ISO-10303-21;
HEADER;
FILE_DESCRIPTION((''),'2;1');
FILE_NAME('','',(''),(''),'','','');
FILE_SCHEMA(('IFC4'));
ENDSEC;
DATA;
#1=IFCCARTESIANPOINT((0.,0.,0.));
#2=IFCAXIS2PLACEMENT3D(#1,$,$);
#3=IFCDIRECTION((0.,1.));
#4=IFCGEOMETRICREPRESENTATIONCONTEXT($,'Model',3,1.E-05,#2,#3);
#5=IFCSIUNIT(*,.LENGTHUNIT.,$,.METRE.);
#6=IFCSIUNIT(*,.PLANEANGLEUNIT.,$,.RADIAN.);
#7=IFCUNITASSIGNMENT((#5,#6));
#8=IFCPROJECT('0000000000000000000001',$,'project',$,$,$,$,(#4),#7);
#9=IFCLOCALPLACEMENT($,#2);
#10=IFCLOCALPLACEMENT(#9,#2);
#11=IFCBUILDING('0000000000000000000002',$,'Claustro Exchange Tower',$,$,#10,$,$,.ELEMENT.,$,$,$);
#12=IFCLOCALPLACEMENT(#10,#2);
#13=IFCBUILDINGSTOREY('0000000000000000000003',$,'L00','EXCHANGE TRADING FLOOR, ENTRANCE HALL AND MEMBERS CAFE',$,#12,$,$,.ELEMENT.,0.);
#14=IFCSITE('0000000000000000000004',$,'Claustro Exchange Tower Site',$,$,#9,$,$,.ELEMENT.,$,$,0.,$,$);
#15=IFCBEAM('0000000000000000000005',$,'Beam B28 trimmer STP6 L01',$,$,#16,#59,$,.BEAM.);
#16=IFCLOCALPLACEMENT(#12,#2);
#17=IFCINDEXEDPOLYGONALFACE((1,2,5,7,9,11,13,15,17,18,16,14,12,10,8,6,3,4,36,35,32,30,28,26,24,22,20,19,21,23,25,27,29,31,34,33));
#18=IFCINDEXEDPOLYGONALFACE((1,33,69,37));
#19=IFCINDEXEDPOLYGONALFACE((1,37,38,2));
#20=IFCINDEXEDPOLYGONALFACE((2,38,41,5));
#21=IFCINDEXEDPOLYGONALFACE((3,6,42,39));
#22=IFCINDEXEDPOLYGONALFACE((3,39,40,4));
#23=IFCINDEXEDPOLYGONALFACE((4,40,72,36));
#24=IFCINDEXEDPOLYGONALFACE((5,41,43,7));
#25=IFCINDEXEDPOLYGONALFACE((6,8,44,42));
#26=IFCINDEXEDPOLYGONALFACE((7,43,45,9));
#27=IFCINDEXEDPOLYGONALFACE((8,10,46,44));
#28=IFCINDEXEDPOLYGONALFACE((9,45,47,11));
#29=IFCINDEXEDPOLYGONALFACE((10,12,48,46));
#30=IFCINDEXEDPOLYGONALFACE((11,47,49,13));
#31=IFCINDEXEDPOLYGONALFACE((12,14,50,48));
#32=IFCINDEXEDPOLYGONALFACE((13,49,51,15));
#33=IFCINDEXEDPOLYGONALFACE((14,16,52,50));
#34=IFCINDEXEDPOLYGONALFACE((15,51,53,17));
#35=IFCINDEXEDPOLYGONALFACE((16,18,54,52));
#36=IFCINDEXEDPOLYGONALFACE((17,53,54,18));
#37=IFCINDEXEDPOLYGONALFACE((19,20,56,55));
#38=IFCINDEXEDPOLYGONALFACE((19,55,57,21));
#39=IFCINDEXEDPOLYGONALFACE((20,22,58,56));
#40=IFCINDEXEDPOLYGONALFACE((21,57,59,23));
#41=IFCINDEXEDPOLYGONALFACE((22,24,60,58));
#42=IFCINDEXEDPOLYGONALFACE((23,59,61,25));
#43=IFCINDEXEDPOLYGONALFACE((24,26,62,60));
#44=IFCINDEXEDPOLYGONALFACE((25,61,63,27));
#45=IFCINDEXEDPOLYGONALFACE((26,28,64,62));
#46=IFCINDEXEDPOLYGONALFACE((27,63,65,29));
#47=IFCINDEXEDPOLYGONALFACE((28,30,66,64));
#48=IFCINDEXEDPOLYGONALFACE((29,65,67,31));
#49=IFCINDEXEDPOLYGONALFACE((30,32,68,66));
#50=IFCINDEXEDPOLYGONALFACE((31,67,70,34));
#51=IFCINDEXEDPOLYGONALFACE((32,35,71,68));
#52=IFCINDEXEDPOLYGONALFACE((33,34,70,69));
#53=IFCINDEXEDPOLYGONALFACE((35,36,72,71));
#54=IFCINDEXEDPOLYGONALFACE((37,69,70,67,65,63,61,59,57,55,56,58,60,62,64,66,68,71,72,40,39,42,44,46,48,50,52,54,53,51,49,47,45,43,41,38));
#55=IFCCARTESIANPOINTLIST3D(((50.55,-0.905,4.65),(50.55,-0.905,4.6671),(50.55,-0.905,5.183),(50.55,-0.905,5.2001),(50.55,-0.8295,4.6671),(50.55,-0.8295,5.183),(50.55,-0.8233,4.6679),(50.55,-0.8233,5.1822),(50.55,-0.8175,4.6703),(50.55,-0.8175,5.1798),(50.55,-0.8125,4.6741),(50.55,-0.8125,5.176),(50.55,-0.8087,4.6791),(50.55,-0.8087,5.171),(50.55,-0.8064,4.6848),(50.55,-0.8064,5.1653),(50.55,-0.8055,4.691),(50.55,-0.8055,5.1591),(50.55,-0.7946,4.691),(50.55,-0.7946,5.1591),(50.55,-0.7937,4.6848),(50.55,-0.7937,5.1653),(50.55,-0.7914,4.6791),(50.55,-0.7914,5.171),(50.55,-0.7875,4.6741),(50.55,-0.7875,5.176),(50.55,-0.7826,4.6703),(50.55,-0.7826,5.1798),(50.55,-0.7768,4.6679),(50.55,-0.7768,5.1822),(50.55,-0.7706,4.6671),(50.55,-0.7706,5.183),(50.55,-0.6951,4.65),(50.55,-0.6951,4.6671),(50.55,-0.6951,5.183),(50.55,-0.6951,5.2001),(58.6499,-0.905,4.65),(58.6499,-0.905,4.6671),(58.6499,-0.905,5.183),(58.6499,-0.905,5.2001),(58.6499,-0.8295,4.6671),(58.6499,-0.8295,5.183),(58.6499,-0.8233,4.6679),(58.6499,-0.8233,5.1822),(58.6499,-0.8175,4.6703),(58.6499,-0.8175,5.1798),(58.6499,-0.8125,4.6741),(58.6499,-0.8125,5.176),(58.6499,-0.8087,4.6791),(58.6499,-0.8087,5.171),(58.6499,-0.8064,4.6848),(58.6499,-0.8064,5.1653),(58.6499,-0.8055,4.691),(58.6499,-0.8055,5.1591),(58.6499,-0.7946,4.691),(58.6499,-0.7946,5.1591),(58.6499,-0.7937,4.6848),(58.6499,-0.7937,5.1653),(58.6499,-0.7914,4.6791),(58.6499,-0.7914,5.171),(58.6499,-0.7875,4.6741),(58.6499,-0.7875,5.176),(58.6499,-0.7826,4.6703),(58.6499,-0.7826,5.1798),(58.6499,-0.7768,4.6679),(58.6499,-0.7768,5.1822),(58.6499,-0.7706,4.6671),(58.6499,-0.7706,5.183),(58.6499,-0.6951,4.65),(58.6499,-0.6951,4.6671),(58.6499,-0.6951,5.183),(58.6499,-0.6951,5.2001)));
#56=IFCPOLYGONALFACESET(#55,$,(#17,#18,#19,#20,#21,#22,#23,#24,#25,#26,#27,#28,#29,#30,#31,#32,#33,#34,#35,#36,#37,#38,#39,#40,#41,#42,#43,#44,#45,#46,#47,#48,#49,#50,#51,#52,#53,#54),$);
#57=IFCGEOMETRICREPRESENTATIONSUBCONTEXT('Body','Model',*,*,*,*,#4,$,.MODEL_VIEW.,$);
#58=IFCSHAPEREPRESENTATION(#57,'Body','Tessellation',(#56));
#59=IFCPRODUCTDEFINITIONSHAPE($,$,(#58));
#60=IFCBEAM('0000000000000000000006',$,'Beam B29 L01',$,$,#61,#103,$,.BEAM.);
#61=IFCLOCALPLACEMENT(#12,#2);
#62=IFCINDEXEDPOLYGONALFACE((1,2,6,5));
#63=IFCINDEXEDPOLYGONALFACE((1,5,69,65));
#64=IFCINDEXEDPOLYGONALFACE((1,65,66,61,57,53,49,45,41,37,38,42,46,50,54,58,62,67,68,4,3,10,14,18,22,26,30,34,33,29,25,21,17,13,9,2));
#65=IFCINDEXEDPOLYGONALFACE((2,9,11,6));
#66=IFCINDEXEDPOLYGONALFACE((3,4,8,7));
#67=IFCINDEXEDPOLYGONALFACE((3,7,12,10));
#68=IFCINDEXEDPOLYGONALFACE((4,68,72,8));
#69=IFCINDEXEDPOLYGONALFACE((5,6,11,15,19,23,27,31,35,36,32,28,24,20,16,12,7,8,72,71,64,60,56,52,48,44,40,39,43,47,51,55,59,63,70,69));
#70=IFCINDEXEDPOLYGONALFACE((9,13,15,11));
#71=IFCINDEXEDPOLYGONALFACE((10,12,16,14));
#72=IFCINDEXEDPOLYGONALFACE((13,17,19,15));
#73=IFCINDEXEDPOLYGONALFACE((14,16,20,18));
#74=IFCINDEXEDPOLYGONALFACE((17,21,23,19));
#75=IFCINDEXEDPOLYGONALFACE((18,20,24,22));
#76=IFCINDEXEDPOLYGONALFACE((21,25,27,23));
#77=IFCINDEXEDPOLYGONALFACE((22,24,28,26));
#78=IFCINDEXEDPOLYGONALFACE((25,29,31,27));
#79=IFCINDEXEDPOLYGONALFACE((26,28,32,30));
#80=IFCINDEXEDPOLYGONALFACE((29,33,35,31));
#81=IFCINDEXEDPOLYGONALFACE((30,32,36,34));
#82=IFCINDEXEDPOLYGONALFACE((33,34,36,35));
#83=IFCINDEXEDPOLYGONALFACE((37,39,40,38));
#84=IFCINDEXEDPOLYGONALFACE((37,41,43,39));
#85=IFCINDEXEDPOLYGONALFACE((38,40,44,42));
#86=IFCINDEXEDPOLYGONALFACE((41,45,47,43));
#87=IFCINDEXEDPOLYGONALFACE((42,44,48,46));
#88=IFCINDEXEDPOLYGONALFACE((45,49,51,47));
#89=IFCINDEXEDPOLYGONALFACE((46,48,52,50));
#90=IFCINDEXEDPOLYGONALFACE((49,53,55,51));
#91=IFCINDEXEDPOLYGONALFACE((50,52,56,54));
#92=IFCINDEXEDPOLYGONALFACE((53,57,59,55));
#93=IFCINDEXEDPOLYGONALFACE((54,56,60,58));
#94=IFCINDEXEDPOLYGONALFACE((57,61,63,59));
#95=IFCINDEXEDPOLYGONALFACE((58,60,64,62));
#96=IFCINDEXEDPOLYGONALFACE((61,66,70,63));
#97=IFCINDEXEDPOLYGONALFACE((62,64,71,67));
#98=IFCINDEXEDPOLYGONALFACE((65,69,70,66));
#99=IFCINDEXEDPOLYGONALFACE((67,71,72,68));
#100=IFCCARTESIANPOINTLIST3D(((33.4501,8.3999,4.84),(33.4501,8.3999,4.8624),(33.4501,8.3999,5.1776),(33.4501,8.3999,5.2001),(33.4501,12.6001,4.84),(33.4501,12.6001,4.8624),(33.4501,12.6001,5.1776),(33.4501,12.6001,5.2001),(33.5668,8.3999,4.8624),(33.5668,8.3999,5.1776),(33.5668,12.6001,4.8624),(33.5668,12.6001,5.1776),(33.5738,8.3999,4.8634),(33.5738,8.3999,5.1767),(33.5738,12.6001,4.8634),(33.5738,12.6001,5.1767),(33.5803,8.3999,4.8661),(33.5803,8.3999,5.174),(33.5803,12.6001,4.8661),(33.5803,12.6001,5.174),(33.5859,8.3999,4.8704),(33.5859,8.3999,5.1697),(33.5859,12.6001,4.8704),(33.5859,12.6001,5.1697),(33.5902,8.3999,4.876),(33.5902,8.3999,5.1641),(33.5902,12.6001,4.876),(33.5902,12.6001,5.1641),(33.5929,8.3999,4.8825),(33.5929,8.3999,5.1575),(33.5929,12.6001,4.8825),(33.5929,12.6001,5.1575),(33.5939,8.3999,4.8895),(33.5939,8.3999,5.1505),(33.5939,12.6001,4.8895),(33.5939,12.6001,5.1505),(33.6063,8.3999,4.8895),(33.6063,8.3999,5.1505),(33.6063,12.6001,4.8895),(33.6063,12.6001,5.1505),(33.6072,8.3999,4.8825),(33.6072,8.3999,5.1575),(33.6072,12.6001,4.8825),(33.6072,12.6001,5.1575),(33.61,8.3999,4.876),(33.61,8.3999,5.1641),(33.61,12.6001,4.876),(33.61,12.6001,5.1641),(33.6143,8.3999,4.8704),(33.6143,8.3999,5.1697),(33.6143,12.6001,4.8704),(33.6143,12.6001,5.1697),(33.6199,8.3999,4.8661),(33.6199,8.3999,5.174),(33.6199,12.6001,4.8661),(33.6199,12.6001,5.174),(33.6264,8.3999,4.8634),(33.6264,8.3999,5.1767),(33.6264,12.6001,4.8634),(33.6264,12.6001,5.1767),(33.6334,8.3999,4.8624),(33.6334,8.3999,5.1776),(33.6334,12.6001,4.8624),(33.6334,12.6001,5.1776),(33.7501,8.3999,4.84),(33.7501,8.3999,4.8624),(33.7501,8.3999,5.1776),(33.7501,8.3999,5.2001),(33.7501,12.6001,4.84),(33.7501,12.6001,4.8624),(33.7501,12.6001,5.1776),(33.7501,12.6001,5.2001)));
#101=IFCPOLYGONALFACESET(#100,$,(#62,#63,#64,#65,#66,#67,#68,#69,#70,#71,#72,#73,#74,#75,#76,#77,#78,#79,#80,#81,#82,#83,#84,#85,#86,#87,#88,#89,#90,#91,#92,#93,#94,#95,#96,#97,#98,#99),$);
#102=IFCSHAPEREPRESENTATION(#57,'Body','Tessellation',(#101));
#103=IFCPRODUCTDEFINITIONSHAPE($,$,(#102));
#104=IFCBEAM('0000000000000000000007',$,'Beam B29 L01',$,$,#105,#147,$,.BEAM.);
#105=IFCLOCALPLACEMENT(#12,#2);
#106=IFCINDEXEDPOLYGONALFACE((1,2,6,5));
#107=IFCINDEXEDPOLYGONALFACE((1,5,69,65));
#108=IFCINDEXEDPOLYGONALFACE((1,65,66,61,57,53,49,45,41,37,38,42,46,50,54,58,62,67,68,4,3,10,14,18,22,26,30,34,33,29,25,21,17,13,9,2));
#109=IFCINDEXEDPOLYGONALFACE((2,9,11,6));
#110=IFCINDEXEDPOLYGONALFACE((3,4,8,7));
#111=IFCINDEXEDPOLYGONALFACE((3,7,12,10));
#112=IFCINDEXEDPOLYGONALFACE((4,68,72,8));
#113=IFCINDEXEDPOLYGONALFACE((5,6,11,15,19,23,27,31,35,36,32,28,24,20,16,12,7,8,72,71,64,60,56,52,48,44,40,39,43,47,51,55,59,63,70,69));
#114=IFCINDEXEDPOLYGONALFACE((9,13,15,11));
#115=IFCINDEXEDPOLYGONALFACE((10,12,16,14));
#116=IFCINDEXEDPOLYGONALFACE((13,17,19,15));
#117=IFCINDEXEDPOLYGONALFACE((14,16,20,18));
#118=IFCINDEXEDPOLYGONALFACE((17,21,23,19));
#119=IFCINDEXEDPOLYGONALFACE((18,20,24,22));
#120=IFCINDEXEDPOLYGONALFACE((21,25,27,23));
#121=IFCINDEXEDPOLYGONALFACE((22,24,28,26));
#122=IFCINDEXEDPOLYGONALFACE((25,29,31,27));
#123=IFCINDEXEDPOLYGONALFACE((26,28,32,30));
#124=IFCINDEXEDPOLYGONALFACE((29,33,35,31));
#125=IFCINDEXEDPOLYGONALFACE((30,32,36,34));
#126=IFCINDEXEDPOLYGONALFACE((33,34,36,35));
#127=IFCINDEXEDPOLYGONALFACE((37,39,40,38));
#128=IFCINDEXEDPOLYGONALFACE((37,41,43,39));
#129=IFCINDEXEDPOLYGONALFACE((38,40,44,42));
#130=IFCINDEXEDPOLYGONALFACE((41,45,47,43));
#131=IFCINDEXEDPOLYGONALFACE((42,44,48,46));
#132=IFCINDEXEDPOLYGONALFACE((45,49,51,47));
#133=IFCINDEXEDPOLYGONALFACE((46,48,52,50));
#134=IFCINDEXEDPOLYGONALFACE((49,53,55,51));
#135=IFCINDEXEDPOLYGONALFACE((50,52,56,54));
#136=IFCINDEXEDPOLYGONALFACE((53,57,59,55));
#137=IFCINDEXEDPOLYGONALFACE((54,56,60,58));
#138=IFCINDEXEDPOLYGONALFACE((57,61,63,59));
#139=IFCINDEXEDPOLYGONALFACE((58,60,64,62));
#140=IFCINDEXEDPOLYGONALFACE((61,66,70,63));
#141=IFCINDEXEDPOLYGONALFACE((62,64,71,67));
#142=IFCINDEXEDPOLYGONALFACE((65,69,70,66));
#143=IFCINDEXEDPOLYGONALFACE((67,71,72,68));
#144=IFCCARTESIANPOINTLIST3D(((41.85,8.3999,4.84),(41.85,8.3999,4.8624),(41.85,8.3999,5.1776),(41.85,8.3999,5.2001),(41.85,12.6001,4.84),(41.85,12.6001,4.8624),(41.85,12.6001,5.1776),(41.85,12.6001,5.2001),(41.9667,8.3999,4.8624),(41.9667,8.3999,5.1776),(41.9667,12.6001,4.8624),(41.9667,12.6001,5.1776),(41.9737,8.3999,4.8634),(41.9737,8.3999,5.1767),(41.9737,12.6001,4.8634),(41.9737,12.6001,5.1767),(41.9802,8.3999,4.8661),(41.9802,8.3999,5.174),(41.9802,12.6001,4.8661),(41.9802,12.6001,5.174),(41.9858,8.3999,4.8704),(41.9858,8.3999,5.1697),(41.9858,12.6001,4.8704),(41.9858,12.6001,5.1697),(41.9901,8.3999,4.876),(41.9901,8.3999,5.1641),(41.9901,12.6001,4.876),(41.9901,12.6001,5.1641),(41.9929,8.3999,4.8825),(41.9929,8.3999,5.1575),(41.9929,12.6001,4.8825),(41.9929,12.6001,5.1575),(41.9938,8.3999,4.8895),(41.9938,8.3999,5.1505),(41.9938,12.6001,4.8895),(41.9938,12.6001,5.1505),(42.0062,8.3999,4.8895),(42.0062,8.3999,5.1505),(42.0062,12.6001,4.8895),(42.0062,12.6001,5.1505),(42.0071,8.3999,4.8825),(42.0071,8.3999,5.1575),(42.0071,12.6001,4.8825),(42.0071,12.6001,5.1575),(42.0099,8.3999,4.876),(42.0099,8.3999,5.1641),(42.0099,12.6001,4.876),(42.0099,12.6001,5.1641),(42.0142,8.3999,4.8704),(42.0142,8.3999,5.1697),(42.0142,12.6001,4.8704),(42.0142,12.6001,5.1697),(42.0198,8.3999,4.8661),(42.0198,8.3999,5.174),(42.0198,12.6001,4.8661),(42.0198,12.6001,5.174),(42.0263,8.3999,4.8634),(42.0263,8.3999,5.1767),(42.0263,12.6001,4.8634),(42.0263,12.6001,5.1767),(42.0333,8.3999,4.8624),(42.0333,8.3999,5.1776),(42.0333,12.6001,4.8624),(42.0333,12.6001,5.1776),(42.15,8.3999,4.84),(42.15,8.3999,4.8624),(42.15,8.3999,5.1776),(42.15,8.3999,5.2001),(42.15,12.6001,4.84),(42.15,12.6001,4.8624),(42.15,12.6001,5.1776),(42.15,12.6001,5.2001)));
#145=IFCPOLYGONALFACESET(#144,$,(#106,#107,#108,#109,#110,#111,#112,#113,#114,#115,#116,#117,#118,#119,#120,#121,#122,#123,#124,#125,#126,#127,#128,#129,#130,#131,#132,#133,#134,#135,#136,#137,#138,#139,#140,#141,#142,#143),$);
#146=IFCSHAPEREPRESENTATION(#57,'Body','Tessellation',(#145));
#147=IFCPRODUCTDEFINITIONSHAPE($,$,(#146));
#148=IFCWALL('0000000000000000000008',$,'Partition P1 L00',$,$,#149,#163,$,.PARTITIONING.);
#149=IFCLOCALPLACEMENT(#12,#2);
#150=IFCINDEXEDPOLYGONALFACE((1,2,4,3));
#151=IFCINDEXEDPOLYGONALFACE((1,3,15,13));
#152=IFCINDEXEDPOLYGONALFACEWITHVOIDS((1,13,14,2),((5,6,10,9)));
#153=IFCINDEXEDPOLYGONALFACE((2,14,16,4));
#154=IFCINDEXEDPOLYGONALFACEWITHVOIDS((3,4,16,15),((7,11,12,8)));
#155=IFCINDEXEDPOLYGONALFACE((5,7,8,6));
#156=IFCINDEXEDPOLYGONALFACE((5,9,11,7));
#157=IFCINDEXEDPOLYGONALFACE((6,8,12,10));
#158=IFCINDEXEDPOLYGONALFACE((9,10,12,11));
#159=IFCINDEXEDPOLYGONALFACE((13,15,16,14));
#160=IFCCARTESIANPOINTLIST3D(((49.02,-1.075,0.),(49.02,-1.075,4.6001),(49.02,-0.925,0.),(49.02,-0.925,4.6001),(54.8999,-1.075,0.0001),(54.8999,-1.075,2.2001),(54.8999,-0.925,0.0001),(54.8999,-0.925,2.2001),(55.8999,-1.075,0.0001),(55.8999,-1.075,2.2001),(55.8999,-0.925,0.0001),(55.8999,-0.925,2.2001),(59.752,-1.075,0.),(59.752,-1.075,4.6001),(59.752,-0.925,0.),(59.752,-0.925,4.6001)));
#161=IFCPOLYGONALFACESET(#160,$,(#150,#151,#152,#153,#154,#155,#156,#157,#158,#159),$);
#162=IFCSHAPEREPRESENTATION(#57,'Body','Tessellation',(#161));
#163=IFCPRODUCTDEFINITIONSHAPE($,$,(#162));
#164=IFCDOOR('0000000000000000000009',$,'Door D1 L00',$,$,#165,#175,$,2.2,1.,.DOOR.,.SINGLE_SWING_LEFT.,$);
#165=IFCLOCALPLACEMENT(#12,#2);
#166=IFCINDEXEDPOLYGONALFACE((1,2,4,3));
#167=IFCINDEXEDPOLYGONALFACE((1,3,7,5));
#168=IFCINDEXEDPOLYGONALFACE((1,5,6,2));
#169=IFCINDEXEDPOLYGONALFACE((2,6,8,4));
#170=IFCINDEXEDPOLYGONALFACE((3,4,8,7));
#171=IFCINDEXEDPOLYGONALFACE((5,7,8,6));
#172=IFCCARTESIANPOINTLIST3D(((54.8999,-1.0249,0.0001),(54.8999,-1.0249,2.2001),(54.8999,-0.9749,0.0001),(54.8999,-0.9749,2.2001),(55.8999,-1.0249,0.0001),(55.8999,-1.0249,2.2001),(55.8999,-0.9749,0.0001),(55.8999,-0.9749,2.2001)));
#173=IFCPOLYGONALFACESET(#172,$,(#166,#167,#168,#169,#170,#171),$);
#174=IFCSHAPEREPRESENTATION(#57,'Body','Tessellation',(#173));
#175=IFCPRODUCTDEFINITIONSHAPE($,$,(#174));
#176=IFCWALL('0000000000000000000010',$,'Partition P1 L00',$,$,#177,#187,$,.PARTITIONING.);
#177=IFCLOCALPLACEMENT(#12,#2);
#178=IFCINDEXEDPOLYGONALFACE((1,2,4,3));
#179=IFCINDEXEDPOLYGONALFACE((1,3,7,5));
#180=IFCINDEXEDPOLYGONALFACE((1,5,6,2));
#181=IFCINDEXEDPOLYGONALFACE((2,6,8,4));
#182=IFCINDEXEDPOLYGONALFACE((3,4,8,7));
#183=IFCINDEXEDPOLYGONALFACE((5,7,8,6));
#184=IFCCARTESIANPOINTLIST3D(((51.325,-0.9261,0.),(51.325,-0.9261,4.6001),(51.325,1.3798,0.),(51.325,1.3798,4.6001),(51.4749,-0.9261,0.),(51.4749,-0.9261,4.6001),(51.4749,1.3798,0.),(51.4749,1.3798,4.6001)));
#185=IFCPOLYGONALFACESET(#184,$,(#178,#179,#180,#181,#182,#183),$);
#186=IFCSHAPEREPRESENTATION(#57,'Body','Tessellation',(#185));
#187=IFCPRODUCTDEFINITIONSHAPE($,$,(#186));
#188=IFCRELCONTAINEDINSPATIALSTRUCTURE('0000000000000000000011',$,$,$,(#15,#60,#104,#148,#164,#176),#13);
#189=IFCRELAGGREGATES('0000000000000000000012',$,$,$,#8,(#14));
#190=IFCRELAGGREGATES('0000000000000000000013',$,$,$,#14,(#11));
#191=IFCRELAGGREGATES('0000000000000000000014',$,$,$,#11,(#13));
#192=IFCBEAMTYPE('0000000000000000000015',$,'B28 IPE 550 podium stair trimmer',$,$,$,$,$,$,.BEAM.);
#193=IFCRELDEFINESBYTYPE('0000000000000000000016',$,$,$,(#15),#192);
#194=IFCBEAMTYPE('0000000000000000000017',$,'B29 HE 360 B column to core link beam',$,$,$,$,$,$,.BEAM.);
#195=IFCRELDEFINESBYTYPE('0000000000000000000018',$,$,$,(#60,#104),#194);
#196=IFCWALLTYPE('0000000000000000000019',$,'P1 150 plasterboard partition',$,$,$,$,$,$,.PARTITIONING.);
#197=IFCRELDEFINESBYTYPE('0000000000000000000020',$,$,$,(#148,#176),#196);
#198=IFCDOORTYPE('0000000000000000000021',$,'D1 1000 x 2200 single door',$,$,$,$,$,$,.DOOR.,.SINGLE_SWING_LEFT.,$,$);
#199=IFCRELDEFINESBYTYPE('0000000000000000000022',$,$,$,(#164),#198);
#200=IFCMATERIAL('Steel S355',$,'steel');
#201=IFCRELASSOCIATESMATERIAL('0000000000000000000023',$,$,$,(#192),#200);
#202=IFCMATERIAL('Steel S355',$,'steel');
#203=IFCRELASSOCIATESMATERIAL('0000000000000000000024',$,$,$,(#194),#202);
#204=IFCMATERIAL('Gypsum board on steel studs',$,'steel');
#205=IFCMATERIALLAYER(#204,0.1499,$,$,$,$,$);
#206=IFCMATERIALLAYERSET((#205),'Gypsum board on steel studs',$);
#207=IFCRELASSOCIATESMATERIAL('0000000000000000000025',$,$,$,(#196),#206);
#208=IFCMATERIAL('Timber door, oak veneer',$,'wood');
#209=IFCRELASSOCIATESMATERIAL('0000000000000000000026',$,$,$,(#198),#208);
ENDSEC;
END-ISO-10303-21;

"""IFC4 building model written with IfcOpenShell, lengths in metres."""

from ifc_helpers import new_model, si_unit, direction, frame, frame_2d, origin, origin_2d, place, context, subcontext, project, spatial, rectangle, i_section, extrude, material, layer, layer_set, material_profile, profile_set, type_object, element, fill, save


model = new_model("IFC4")

# Units and contexts
model_context = context("Model", 3, precision=1e-05, world=origin(), true_north=direction((0.0, 1.0)))
body_context = subcontext(model_context, "Body", "Model", "MODEL_VIEW")
ifc_project = project(units=[si_unit("LENGTHUNIT", "METRE"), si_unit("PLANEANGLEUNIT", "RADIAN")], contexts=[model_context])

# Site, building, storey
site_placement = place(None, origin())
site = spatial("IfcSite", under=ifc_project, at=site_placement, Name="Claustro Exchange Tower Site", CompositionType="ELEMENT", RefElevation=0.0)
building_placement = place(site_placement, origin())
building = spatial("IfcBuilding", under=site, at=building_placement, Name="Claustro Exchange Tower", CompositionType="ELEMENT")
storey_placement = place(building_placement, origin())
storey = spatial("IfcBuildingStorey", under=building, at=storey_placement, Name="L00", Description="EXCHANGE TRADING FLOOR, ENTRANCE HALL AND MEMBERS CAFE", CompositionType="ELEMENT", Elevation=0.0)

# Beams
ifc_material_1 = material(Name="Steel S355", Category="steel")
ifc_material_profile_1 = material_profile(ifc_material_1, i_section(OverallWidth=0.21, OverallDepth=0.55, WebThickness=0.011, FlangeThickness=0.0171, FilletRadius=0.0239, at=origin_2d()), Name="IPE 550")
ifc_profile_set_1 = profile_set([ifc_material_profile_1], Name="Steel S355")
beam_type_1 = type_object("IfcBeamType", Name="B28 IPE 550 podium stair trimmer", PredefinedType="BEAM", material=ifc_profile_set_1)
for number, where, z_axis, x_axis, name in (
    (1, (50.55, -0.8, 4.925), (1.0, 0.0, 0.0), (0.0, 1.0, 0.0), "Beam B28 trimmer STP6 L01"),
):
    element("IfcBeam", number, at=place(storey_placement, frame(where, z_axis=z_axis, x_axis=x_axis)), inside=storey, type_object=beam_type_1, Name=name, PredefinedType="BEAM", context=body_context, shape_type="SweptSolid", body=[
        extrude(i_section(OverallWidth=0.21, OverallDepth=0.55, WebThickness=0.011, FlangeThickness=0.0171, FilletRadius=0.0239, at=origin_2d()), origin(), (0.0, 0.0, 1.0), 8.0999),
    ])
ifc_material_2 = material(Name="Steel S355", Category="steel")
ifc_material_profile_2 = material_profile(ifc_material_2, i_section(OverallWidth=0.3, OverallDepth=0.3601, WebThickness=0.0125, FlangeThickness=0.0225, FilletRadius=0.0271, at=origin_2d()), Name="HE 360 B")
ifc_profile_set_2 = profile_set([ifc_material_profile_2], Name="Steel S355")
beam_type_2 = type_object("IfcBeamType", Name="B29 HE 360 B column to core link beam", PredefinedType="BEAM", material=ifc_profile_set_2)
for number, where, z_axis, x_axis, name in (
    (2, (33.6001, 8.3999, 5.02), (0.0, 1.0, 0.0), (-1.0, 0.0, 0.0), "Beam B29 L01"),
    (3, (42.0, 8.3999, 5.02), (0.0, 1.0, 0.0), (-1.0, 0.0, 0.0), "Beam B29 L01"),
):
    element("IfcBeam", number, at=place(storey_placement, frame(where, z_axis=z_axis, x_axis=x_axis)), inside=storey, type_object=beam_type_2, Name=name, PredefinedType="BEAM", context=body_context, shape_type="SweptSolid", body=[
        extrude(i_section(OverallWidth=0.3, OverallDepth=0.3601, WebThickness=0.0125, FlangeThickness=0.0225, FilletRadius=0.0271, at=origin_2d()), origin(), (0.0, 0.0, 1.0), 4.2002),
    ])

# Wall, opening, door
ifc_material_3 = material(Name="Gypsum board on steel studs", Category="steel")
ifc_layer_1 = layer(ifc_material_3, 0.1499)
ifc_layer_set_1 = layer_set([ifc_layer_1], Name="Gypsum board on steel studs")
wall_type_1 = type_object("IfcWallType", Name="P1 150 plasterboard partition", PredefinedType="PARTITIONING", material=ifc_layer_set_1)
wall_1_placement = place(storey_placement, frame((49.02, -1.0, 0.0), z_axis=(0.0, 0.0, 1.0), x_axis=(1.0, 0.0, 0.0)))
wall_1 = element("IfcWall", 4, at=wall_1_placement, inside=storey, type_object=wall_type_1, Name="Partition P1 L00", PredefinedType="PARTITIONING", context=body_context, shape_type="SweptSolid", body=[
    extrude(rectangle(XDim=10.7319, YDim=0.1499, at=frame_2d((5.366, 0.0))), origin(), (0.0, 0.0, 1.0), 4.6001),
])
opening_1_placement = place(wall_1_placement, frame((5.8799, 0.0, 0.0)))
opening_1 = element("IfcOpeningElement", 5, at=opening_1_placement, cuts=wall_1, PredefinedType="OPENING", context=body_context, shape_type="SweptSolid", body=[
    extrude(rectangle(XDim=1.0, YDim=2.2, at=frame_2d((0.5, 1.1001))), frame((0.0, 0.085, 0.0), z_axis=(0.0, -1.0, 0.0), x_axis=(1.0, 0.0, 0.0)), (0.0, 0.0, 1.0), 0.1699),
])
ifc_material_4 = material(Name="Timber door, oak veneer", Category="wood")
door_type = type_object("IfcDoorType", Name="D1 1000 x 2200 single door", OperationType="SINGLE_SWING_LEFT", PredefinedType="DOOR", material=ifc_material_4)
door_1_placement = place(opening_1_placement, frame((1.0, 0.0, 0.0), z_axis=(0.0, 0.0, 1.0), x_axis=(-1.0, 0.0, 0.0)))
door_1 = element("IfcDoor", 6, at=door_1_placement, inside=storey, type_object=door_type, Name="Door D1 L00", OperationType="SINGLE_SWING_LEFT", OverallHeight=2.2, OverallWidth=1.0, PredefinedType="DOOR", context=body_context, shape_type="SweptSolid", body=[
    extrude(rectangle(XDim=1.0, YDim=2.2, at=frame_2d((0.5, 1.1001))), frame((0.0, 0.0249, 0.0), z_axis=(0.0, -1.0, 0.0), x_axis=(1.0, 0.0, 0.0)), (0.0, 0.0, 1.0), 0.05),
])
fill(opening_1, door_1)

# Wall
wall_2_placement = place(storey_placement, frame((51.3999, -0.926, 0.0), z_axis=(0.0, 0.0, 1.0), x_axis=(0.0, 1.0, 0.0)))
element("IfcWall", 7, at=wall_2_placement, inside=storey, type_object=wall_type_1, Name="Partition P1 L00", PredefinedType="PARTITIONING", context=body_context, shape_type="SweptSolid", body=[
    extrude(rectangle(XDim=2.3059, YDim=0.1499, at=frame_2d((1.1528, 0.0))), origin(), (0.0, 0.0, 1.0), 4.6001),
])

save(model, "model.ifc")
